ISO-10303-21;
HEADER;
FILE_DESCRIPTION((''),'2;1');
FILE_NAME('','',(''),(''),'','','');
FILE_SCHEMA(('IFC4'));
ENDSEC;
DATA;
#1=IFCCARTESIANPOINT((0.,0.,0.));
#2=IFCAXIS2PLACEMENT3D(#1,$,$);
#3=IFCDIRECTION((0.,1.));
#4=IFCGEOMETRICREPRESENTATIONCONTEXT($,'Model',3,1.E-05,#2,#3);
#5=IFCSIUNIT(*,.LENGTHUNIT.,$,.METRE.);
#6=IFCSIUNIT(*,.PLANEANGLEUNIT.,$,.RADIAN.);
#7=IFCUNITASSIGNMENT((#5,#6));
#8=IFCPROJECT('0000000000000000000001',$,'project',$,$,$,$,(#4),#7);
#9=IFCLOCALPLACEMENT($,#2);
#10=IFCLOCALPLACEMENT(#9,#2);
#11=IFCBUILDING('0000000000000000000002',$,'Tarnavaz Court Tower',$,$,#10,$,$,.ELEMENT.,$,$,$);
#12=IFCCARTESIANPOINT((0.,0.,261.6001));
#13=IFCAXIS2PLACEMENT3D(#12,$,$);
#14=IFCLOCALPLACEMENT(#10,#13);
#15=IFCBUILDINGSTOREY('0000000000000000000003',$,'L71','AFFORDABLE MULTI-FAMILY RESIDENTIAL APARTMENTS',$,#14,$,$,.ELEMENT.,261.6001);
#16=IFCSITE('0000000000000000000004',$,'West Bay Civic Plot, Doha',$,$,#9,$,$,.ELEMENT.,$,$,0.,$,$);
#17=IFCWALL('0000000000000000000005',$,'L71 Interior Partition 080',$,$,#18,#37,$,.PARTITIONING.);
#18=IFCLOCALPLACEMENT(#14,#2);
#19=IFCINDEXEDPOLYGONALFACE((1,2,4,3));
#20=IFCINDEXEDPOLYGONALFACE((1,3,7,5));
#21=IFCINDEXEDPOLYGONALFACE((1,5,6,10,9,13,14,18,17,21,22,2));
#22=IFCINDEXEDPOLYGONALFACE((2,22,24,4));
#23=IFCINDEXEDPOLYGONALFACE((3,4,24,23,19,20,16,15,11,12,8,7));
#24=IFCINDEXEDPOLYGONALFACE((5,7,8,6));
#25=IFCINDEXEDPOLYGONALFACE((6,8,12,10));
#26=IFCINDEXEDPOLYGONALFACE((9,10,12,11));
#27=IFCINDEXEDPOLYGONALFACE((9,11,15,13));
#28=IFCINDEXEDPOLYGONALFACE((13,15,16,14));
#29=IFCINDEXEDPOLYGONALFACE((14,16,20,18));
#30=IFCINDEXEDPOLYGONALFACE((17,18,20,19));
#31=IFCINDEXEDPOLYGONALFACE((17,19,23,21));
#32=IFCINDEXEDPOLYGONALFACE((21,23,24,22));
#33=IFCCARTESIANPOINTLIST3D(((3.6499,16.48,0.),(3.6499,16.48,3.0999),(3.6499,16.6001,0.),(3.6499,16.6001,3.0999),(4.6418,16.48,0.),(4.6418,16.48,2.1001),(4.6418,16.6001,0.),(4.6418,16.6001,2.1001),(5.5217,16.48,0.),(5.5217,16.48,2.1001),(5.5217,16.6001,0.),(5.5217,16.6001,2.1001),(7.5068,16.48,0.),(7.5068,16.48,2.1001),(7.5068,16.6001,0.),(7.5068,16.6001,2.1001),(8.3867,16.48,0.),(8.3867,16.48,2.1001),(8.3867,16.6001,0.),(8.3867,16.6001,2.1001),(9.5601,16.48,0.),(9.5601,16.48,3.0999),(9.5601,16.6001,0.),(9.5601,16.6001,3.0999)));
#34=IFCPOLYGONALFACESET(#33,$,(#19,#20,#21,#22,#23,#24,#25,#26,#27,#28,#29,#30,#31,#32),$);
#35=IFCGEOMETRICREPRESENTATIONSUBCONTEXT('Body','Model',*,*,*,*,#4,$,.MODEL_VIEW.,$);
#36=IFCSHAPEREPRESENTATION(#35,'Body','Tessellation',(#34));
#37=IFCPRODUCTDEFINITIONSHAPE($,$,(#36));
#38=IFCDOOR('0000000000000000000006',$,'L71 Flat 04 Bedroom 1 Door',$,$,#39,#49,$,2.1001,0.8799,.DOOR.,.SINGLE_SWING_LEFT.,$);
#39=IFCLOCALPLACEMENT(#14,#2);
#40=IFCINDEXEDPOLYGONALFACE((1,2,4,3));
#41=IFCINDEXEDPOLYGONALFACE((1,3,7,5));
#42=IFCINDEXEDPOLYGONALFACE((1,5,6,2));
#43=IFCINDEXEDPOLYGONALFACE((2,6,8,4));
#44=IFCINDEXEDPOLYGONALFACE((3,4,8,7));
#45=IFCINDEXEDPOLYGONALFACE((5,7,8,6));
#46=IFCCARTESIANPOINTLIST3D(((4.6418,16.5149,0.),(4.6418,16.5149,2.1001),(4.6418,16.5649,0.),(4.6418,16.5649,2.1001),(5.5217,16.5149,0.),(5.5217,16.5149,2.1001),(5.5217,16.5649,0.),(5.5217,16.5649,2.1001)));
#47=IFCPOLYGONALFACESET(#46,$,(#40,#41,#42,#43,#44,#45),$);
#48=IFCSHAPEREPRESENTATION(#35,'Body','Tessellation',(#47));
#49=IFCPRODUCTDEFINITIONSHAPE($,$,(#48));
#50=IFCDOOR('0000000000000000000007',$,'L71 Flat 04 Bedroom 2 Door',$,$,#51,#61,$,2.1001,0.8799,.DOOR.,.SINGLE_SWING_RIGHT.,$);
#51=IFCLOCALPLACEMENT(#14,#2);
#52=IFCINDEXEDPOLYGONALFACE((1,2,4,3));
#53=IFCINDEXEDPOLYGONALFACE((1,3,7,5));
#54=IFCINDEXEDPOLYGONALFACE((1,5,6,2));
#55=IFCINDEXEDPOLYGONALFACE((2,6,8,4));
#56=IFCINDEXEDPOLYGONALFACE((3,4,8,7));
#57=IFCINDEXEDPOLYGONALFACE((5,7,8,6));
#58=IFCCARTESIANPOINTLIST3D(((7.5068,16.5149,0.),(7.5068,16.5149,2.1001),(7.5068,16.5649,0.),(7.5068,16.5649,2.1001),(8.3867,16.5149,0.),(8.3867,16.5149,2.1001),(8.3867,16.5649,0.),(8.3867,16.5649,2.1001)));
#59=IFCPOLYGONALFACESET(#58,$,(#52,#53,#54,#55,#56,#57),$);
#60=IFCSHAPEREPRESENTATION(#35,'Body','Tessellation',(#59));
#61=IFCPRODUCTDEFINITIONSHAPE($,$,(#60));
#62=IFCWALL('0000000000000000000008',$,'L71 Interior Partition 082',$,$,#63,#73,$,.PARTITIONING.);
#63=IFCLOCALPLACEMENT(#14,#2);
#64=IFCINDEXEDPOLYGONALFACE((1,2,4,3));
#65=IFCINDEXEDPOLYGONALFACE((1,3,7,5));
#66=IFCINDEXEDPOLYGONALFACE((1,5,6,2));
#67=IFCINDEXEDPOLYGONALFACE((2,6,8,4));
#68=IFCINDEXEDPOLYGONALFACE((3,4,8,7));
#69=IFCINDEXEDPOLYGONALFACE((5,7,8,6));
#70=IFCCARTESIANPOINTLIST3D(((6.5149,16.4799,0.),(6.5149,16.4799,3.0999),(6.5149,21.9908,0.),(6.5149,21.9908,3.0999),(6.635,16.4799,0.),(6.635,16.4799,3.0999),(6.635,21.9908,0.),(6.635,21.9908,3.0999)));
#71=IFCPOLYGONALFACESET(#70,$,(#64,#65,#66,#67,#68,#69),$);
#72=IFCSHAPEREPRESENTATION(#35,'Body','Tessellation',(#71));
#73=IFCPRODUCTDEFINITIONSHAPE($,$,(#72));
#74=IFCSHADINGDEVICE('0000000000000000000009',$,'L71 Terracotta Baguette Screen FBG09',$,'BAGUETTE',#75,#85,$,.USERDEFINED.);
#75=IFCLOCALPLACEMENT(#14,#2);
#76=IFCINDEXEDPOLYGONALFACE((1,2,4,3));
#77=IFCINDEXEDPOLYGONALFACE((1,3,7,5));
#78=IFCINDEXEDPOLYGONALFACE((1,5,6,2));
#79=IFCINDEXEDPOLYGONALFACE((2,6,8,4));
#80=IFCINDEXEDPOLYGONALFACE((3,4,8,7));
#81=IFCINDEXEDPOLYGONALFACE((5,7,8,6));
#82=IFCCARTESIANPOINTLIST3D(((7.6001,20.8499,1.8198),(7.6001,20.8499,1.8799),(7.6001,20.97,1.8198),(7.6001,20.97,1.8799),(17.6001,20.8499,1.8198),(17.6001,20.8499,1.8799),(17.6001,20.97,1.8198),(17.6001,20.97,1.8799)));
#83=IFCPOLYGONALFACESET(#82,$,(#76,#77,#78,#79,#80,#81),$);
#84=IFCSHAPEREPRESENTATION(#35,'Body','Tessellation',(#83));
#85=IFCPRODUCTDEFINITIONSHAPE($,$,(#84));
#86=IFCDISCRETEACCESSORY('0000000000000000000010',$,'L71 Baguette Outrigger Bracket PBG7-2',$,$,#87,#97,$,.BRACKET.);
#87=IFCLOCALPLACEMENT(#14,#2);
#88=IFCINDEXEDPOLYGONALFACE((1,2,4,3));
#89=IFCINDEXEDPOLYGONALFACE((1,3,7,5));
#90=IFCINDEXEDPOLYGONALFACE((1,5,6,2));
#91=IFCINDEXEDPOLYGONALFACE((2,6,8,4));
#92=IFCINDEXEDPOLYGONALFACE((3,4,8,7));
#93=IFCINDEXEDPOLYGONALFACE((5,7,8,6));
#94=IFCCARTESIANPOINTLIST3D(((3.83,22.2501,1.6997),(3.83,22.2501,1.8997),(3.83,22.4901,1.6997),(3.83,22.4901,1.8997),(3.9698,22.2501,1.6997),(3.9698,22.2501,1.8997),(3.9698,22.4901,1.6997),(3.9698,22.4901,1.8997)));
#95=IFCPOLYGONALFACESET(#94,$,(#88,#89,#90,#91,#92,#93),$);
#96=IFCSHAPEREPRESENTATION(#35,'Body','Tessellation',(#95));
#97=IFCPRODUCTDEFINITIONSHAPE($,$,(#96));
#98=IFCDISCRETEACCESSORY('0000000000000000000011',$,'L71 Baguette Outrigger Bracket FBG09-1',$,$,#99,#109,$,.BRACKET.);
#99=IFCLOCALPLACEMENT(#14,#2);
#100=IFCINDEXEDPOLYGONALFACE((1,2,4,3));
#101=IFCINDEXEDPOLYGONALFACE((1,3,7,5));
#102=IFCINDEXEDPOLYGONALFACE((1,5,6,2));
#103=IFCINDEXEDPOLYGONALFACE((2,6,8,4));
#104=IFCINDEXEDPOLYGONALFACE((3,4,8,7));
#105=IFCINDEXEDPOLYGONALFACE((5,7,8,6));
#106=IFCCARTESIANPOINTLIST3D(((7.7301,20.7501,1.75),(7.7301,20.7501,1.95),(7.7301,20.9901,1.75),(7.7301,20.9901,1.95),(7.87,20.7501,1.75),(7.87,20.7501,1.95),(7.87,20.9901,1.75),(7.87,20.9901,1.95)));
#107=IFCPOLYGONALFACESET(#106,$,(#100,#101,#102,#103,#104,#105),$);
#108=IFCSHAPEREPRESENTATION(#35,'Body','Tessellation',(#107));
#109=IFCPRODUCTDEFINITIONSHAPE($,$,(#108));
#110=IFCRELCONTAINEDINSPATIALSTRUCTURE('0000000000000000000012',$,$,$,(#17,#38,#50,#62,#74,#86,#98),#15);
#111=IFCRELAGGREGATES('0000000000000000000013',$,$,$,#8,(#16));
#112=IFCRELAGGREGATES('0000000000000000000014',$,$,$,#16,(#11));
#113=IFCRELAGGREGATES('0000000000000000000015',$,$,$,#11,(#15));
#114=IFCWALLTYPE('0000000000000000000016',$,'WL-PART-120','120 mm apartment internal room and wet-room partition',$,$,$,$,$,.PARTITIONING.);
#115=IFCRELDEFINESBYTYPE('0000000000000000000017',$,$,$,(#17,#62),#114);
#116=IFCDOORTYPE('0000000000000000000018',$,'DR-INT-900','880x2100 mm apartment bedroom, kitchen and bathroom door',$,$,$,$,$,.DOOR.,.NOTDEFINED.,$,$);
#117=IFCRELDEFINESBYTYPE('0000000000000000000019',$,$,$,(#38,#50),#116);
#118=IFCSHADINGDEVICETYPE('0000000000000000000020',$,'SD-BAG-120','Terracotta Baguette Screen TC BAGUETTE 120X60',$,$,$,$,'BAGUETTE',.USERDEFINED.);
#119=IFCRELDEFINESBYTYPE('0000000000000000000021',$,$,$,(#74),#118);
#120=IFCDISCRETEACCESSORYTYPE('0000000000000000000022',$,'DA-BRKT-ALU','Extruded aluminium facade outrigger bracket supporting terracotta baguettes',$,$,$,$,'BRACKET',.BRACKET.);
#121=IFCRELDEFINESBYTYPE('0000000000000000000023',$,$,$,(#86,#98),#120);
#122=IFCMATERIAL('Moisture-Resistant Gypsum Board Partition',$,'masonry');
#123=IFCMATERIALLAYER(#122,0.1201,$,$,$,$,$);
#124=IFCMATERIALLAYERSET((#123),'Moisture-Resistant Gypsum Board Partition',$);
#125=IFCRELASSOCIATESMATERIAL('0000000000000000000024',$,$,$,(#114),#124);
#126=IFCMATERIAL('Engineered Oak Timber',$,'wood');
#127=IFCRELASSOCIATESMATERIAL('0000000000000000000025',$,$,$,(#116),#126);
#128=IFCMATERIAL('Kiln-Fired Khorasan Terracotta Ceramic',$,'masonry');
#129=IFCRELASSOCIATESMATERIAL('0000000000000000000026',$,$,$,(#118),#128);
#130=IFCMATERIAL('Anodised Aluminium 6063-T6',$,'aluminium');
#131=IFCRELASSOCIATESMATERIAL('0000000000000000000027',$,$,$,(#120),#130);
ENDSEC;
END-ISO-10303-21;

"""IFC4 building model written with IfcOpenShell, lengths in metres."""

from ifc_helpers import new_model, si_unit, direction, frame, frame_2d, origin, origin_2d, place, context, subcontext, project, spatial, rectangle, extrude, material, layer, layer_set, material_profile, profile_set, type_object, element, fill, save


model = new_model("IFC4")

# Units and contexts
model_context = context("Model", 3, precision=1e-05, world=origin(), true_north=direction((0.0, 1.0)))
body_context = subcontext(model_context, "Body", "Model", "MODEL_VIEW")
ifc_project = project(units=[si_unit("LENGTHUNIT", "METRE"), si_unit("PLANEANGLEUNIT", "RADIAN")], contexts=[model_context])

# Site, building, storey
site_placement = place(None, origin())
site = spatial("IfcSite", under=ifc_project, at=site_placement, Name="West Bay Civic Plot, Doha", CompositionType="ELEMENT", RefElevation=0.0)
building_placement = place(site_placement, origin())
building = spatial("IfcBuilding", under=site, at=building_placement, Name="Tarnavaz Court Tower", CompositionType="ELEMENT")
storey_placement = place(building_placement, frame((0.0, 0.0, 261.6001)))
storey = spatial("IfcBuildingStorey", under=building, at=storey_placement, Name="L71", Description="AFFORDABLE MULTI-FAMILY RESIDENTIAL APARTMENTS", CompositionType="ELEMENT", Elevation=261.6001)

# Shared definitions
ifc_material_1 = material(Name="Anodised Aluminium 6063-T6", Category="aluminium")

# Wall, openings, doors
ifc_material_2 = material(Name="Moisture-Resistant Gypsum Board Partition", Category="masonry")
ifc_layer_1 = layer(ifc_material_2, 0.1201)
ifc_layer_set_1 = layer_set([ifc_layer_1], Name="Moisture-Resistant Gypsum Board Partition")
wall_type_1 = type_object("IfcWallType", Name="WL-PART-120", Description="120 mm apartment internal room and wet-room partition", PredefinedType="PARTITIONING", material=ifc_layer_set_1)
wall_1_placement = place(storey_placement, frame((3.6499, 16.54, 0.0), z_axis=(0.0, 0.0, 1.0), x_axis=(1.0, 0.0, 0.0)))
wall_1 = element("IfcWall", 1, at=wall_1_placement, inside=storey, type_object=wall_type_1, Name="L71 Interior Partition 080", PredefinedType="PARTITIONING", context=body_context, shape_type="SweptSolid", body=[
    extrude(rectangle(XDim=5.9102, YDim=0.1201, at=frame_2d((2.9551, 0.0))), origin(), (0.0, 0.0, 1.0), 3.0999),
])
opening_1_placement = place(wall_1_placement, frame((0.9919, 0.0, 0.0)))
opening_1 = element("IfcOpeningElement", 2, at=opening_1_placement, cuts=wall_1, PredefinedType="OPENING", context=body_context, shape_type="SweptSolid", body=[
    extrude(rectangle(XDim=0.8799, YDim=2.1001, at=frame_2d((0.4399, 1.05))), frame((0.0, 0.0701, 0.0), z_axis=(0.0, -1.0, 0.0), x_axis=(1.0, 0.0, 0.0)), (0.0, 0.0, 1.0), 0.1401),
])
opening_2_placement = place(wall_1_placement, frame((3.8569, 0.0, 0.0)))
opening_2 = element("IfcOpeningElement", 3, at=opening_2_placement, cuts=wall_1, PredefinedType="OPENING", context=body_context, shape_type="SweptSolid", body=[
    extrude(rectangle(XDim=0.8799, YDim=2.1001, at=frame_2d((0.4399, 1.05))), frame((0.0, 0.0701, 0.0), z_axis=(0.0, -1.0, 0.0), x_axis=(1.0, 0.0, 0.0)), (0.0, 0.0, 1.0), 0.1401),
])
ifc_material_3 = material(Name="Engineered Oak Timber", Category="wood")
door_type = type_object("IfcDoorType", Name="DR-INT-900", Description="880x2100 mm apartment bedroom, kitchen and bathroom door", OperationType="NOTDEFINED", PredefinedType="DOOR", material=ifc_material_3)
door_1_placement = place(opening_1_placement, origin())
door_1 = element("IfcDoor", 4, at=door_1_placement, inside=storey, type_object=door_type, Name="L71 Flat 04 Bedroom 1 Door", OperationType="SINGLE_SWING_LEFT", OverallHeight=2.1001, OverallWidth=0.8799, PredefinedType="DOOR", context=body_context, shape_type="SweptSolid", body=[
    extrude(rectangle(XDim=0.8799, YDim=2.1001, at=frame_2d((0.4399, 1.05))), frame((0.0, 0.0249, 0.0), z_axis=(0.0, -1.0, 0.0), x_axis=(1.0, 0.0, 0.0)), (0.0, 0.0, 1.0), 0.05),
])
fill(opening_1, door_1)
door_2_placement = place(opening_2_placement, origin())
door_2 = element("IfcDoor", 5, at=door_2_placement, inside=storey, type_object=door_type, Name="L71 Flat 04 Bedroom 2 Door", OperationType="SINGLE_SWING_RIGHT", OverallHeight=2.1001, OverallWidth=0.8799, PredefinedType="DOOR", context=body_context, shape_type="SweptSolid", body=[
    extrude(rectangle(XDim=0.8799, YDim=2.1001, at=frame_2d((0.4399, 1.05))), frame((0.0, 0.0249, 0.0), z_axis=(0.0, -1.0, 0.0), x_axis=(1.0, 0.0, 0.0)), (0.0, 0.0, 1.0), 0.05),
])
fill(opening_2, door_2)

# Wall
wall_2_placement = place(storey_placement, frame((6.575, 16.48, 0.0), z_axis=(0.0, 0.0, 1.0), x_axis=(0.0, 1.0, 0.0)))
element("IfcWall", 6, at=wall_2_placement, inside=storey, type_object=wall_type_1, Name="L71 Interior Partition 082", PredefinedType="PARTITIONING", context=body_context, shape_type="SweptSolid", body=[
    extrude(rectangle(XDim=5.511, YDim=0.1201, at=frame_2d((2.7554, 0.0))), origin(), (0.0, 0.0, 1.0), 3.0999),
])

# Shading device
ifc_material_4 = material(Name="Kiln-Fired Khorasan Terracotta Ceramic", Category="masonry")
ifc_material_profile_1 = material_profile(ifc_material_4, rectangle(XDim=0.1201, YDim=0.0601, at=origin_2d()), Name="TC BAGUETTE 120X60")
ifc_profile_set_1 = profile_set([ifc_material_profile_1], Name="Kiln-Fired Khorasan Terracotta Ceramic")
shading_device_type = type_object("IfcShadingDeviceType", Name="SD-BAG-120", Description="Terracotta Baguette Screen TC BAGUETTE 120X60", ElementType="BAGUETTE", PredefinedType="USERDEFINED", material=ifc_profile_set_1)
shading_device_placement = place(storey_placement, frame((7.6001, 20.9099, 1.8499), z_axis=(1.0, 0.0, 0.0), x_axis=(0.0, 1.0, 0.0)))
element("IfcShadingDevice", 7, at=shading_device_placement, inside=storey, type_object=shading_device_type, Name="L71 Terracotta Baguette Screen FBG09", ObjectType="BAGUETTE", PredefinedType="USERDEFINED", context=body_context, shape_type="SweptSolid", body=[
    extrude(rectangle(XDim=0.1201, YDim=0.0601, at=origin_2d()), origin(), (0.0, 0.0, 1.0), 10.0),
])

# Discrete accessories
discrete_accessory_type = type_object("IfcDiscreteAccessoryType", Name="DA-BRKT-ALU", Description="Extruded aluminium facade outrigger bracket supporting terracotta baguettes", ElementType="BRACKET", PredefinedType="BRACKET", material=ifc_material_1)
for number, where, z_axis, x_axis, name in (
    (8, (3.8999, 22.3701, 1.6997), (0.0, 0.0, 1.0), (1.0, 0.0, 0.0), "L71 Baguette Outrigger Bracket PBG7-2"),
    (9, (7.8, 20.8701, 1.75), (0.0, 0.0, 1.0), (1.0, 0.0, 0.0), "L71 Baguette Outrigger Bracket FBG09-1"),
):
    element("IfcDiscreteAccessory", number, at=place(storey_placement, frame(where, z_axis=z_axis, x_axis=x_axis)), inside=storey, type_object=discrete_accessory_type, Name=name, PredefinedType="BRACKET", context=body_context, shape_type="SweptSolid", body=[
        extrude(rectangle(XDim=0.1399, YDim=0.24, at=origin_2d()), origin(), (0.0, 0.0, 1.0), 0.2),
    ])

save(model, "model.ifc")
